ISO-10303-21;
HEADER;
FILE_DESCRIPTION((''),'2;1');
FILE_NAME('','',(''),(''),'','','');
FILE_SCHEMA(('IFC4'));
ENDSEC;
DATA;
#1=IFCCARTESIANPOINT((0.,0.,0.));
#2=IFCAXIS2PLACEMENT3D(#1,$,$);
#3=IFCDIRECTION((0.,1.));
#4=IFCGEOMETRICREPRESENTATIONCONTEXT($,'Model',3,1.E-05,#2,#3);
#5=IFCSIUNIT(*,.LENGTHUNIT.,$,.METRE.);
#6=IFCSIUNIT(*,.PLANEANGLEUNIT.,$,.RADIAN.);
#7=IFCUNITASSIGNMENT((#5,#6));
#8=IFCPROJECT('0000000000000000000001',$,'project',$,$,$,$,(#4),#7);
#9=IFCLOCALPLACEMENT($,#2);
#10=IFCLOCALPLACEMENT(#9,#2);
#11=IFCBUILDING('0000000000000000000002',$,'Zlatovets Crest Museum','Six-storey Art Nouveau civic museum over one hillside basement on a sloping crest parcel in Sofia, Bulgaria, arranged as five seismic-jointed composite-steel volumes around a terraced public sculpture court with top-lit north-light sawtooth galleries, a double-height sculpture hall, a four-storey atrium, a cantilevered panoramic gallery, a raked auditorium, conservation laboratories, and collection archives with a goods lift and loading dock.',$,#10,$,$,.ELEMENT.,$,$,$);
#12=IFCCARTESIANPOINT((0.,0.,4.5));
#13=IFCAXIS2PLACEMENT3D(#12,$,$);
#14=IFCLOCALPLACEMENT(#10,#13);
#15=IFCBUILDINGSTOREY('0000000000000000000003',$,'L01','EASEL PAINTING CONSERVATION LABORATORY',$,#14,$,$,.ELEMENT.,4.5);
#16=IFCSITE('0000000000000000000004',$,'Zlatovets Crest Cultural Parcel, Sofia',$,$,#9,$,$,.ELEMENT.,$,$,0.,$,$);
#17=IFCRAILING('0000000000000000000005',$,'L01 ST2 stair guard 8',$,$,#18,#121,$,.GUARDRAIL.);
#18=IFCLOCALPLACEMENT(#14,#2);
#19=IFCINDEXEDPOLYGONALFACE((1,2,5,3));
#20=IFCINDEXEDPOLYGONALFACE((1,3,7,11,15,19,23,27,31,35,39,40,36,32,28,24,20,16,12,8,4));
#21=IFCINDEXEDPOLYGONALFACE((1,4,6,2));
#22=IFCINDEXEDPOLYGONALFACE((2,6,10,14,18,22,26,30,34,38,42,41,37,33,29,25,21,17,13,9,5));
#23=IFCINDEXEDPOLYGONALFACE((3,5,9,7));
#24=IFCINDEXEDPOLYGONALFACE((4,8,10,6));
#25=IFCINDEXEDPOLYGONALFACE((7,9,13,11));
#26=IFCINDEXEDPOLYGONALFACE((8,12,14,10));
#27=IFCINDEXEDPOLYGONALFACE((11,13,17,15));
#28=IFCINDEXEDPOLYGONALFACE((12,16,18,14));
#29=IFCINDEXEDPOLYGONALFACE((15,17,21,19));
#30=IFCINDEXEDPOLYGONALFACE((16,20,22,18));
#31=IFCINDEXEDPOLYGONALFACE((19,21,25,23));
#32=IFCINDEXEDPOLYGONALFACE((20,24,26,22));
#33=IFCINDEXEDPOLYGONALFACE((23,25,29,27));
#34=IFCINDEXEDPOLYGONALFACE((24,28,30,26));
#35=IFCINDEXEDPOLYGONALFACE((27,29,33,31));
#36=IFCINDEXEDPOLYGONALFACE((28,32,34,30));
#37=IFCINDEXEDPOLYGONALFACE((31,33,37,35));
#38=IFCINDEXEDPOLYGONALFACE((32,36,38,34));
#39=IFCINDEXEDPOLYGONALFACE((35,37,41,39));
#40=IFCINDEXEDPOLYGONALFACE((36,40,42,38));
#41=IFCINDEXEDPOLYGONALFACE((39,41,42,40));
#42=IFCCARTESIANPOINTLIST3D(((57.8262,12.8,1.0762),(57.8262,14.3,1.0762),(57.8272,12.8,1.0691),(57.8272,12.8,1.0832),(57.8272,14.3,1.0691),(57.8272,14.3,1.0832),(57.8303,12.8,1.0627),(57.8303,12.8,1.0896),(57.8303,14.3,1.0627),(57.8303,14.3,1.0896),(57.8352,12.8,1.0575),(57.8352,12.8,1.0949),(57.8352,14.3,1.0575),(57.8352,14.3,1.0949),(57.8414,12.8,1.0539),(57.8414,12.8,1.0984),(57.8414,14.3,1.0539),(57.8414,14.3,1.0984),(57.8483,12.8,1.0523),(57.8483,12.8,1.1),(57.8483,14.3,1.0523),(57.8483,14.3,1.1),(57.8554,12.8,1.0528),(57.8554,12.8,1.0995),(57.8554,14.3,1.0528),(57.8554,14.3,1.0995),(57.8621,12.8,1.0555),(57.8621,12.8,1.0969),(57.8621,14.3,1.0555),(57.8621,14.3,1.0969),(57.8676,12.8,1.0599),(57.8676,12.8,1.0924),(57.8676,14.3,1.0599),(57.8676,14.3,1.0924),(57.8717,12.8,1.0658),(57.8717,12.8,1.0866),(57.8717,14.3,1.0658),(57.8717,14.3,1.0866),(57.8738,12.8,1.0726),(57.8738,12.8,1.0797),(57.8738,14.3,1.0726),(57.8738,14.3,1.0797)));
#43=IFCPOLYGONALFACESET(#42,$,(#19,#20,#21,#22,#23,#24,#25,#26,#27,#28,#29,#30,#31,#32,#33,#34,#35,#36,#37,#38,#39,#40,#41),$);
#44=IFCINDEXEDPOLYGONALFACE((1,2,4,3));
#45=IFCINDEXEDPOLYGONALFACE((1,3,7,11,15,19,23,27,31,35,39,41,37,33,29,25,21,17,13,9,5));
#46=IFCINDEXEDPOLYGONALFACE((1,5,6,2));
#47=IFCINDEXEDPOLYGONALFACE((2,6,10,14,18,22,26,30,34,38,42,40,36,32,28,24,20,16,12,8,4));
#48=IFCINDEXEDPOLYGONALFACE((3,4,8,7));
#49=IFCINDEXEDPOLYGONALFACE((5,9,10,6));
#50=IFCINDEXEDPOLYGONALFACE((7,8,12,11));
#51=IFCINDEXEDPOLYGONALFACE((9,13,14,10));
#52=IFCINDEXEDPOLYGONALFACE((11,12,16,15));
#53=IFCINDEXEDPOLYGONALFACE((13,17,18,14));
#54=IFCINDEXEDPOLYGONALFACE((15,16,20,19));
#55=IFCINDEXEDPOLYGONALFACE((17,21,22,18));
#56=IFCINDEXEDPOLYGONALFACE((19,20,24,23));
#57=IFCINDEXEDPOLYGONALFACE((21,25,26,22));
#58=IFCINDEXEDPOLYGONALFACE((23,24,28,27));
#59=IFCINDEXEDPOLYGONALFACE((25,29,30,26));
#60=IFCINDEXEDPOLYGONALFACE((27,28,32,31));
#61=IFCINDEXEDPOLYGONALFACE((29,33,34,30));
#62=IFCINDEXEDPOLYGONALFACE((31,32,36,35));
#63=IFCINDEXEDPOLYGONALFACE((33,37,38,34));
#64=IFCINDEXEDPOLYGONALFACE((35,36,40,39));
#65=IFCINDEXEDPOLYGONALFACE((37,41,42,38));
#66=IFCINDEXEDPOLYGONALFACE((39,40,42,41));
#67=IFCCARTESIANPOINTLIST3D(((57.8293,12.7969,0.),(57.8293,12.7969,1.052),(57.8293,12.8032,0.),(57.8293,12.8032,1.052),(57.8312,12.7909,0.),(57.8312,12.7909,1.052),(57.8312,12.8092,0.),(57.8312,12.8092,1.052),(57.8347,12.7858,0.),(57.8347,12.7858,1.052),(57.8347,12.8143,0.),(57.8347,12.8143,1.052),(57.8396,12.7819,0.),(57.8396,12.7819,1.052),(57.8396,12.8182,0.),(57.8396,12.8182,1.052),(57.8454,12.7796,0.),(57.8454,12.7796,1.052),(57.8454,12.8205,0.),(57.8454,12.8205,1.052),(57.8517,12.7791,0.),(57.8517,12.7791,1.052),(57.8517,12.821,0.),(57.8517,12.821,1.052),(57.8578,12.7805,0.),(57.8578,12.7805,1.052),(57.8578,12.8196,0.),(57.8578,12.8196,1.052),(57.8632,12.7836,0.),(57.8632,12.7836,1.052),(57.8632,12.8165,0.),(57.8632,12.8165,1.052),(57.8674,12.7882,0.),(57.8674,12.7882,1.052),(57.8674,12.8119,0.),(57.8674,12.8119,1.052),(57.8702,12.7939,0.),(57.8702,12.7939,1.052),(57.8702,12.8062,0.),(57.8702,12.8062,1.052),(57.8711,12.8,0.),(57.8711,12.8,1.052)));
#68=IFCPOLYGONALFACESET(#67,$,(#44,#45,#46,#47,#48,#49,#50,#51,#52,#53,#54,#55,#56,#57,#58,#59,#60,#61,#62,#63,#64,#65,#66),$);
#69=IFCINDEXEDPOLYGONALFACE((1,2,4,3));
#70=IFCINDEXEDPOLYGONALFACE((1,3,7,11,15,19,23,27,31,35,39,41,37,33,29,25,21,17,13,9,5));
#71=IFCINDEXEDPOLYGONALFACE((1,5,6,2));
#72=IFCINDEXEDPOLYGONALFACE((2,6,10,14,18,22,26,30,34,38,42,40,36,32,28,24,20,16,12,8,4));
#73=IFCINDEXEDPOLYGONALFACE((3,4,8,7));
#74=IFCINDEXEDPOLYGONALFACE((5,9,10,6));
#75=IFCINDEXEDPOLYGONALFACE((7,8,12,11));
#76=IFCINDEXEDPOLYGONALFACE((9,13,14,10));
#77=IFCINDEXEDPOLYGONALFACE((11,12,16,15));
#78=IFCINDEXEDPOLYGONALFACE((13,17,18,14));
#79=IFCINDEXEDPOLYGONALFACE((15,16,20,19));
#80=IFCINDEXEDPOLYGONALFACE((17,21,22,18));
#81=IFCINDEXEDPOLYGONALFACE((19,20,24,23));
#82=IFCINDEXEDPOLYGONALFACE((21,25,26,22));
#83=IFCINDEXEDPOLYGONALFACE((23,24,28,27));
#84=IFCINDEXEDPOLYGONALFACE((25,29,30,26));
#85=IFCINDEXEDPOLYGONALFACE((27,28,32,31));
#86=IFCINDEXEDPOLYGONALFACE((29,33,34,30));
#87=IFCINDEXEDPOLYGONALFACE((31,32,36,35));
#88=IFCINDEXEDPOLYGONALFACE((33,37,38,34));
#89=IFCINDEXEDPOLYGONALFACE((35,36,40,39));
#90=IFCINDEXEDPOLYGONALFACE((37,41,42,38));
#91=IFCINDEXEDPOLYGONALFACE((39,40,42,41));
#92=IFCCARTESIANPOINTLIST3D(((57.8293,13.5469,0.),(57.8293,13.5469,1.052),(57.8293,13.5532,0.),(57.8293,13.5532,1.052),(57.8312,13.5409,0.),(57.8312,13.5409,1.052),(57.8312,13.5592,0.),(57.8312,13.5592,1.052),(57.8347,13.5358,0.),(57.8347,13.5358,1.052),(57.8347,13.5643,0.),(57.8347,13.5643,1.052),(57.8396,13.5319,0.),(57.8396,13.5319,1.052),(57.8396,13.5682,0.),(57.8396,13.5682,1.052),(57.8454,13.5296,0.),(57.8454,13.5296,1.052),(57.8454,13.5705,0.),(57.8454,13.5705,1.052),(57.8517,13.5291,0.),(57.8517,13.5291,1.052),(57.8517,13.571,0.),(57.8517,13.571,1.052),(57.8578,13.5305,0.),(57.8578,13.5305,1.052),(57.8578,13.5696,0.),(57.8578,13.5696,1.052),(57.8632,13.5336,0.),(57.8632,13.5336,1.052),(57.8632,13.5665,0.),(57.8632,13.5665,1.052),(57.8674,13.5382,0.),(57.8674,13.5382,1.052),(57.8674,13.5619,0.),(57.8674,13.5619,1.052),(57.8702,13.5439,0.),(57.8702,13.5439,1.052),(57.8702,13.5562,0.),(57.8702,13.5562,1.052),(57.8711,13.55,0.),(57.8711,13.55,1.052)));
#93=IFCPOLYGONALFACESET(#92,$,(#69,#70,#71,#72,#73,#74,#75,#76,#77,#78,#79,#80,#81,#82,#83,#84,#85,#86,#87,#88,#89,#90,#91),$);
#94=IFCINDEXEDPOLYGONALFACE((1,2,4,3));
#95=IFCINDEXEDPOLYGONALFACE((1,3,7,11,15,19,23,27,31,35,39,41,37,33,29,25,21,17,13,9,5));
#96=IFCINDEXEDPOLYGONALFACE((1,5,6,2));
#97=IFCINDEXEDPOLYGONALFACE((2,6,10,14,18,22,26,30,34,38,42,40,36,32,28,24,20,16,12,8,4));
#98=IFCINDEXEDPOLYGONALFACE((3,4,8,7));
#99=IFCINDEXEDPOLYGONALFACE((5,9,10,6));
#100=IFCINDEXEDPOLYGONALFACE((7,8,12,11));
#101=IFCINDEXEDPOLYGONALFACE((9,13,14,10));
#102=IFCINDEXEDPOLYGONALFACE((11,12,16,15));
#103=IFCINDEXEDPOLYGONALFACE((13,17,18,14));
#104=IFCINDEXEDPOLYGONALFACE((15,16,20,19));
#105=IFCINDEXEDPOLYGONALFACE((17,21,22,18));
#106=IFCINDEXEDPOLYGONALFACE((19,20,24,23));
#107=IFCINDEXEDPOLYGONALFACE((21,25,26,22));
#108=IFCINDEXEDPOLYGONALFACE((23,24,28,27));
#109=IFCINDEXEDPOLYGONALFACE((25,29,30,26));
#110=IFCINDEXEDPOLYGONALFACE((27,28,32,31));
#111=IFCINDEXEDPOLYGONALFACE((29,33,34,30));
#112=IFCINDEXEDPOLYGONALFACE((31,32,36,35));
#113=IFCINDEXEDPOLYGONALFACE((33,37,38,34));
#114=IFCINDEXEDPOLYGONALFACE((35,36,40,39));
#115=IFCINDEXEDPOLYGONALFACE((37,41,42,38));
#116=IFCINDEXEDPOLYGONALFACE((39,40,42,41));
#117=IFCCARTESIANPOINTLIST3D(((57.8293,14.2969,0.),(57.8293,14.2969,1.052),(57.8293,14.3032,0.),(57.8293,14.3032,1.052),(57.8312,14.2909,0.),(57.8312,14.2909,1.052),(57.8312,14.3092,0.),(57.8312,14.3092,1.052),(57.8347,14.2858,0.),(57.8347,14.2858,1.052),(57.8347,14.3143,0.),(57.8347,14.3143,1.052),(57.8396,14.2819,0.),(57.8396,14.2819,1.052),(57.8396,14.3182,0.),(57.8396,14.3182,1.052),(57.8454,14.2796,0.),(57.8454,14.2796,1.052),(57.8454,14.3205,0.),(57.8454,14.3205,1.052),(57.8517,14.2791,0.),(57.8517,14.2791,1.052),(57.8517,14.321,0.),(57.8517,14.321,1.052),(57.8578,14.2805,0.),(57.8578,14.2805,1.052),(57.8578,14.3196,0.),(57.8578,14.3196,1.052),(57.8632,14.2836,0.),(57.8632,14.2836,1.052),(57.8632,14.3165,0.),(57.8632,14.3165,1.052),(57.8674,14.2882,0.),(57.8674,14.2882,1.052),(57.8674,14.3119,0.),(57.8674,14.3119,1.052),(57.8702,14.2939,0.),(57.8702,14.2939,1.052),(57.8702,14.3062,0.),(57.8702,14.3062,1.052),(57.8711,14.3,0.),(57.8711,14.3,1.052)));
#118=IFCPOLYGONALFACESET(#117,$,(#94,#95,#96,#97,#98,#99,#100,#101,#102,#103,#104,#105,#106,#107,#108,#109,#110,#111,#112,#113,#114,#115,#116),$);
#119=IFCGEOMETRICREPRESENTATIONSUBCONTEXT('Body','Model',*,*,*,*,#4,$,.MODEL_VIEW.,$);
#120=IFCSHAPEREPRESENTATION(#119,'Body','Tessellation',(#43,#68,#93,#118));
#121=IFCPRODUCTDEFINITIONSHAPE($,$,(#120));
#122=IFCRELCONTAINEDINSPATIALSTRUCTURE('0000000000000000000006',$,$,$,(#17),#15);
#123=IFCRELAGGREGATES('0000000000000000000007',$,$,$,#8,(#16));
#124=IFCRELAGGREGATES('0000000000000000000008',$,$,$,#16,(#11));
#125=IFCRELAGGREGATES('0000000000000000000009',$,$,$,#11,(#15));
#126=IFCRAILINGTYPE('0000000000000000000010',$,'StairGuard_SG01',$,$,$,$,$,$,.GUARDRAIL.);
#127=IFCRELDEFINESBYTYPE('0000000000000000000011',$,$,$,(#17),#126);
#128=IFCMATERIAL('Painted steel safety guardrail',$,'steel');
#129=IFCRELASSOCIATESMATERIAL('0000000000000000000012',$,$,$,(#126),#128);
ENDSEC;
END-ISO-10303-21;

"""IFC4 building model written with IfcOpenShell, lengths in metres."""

from ifc_helpers import new_model, si_unit, direction, frame, origin, origin_2d, place, context, subcontext, project, spatial, circle, extrude, material, type_object, element, save


model = new_model("IFC4")

# Units and contexts
model_context = context("Model", 3, precision=1e-05, world=origin(), true_north=direction((0.0, 1.0)))
body_context = subcontext(model_context, "Body", "Model", "MODEL_VIEW")
ifc_project = project(units=[si_unit("LENGTHUNIT", "METRE"), si_unit("PLANEANGLEUNIT", "RADIAN")], contexts=[model_context])

# Site, building, storey
site_placement = place(None, origin())
site = spatial("IfcSite", under=ifc_project, at=site_placement, Name="Zlatovets Crest Cultural Parcel, Sofia", CompositionType="ELEMENT", RefElevation=0.0)
building_placement = place(site_placement, origin())
building = spatial("IfcBuilding", under=site, at=building_placement, Name="Zlatovets Crest Museum", Description="Six-storey Art Nouveau civic museum over one hillside basement on a sloping crest parcel in Sofia, Bulgaria, arranged as five seismic-jointed composite-steel volumes around a terraced public sculpture court with top-lit north-light sawtooth galleries, a double-height sculpture hall, a four-storey atrium, a cantilevered panoramic gallery, a raked auditorium, conservation laboratories, and collection archives with a goods lift and loading dock.", CompositionType="ELEMENT")
storey_placement = place(building_placement, frame((0.0, 0.0, 4.5)))
storey = spatial("IfcBuildingStorey", under=building, at=storey_placement, Name="L01", Description="EASEL PAINTING CONSERVATION LABORATORY", CompositionType="ELEMENT", Elevation=4.5)

# Railing
ifc_material_1 = material(Name="Painted steel safety guardrail", Category="steel")
railing_type_1 = type_object("IfcRailingType", Name="StairGuard_SG01", PredefinedType="GUARDRAIL", material=ifc_material_1)
for number, where, name in (
    (1, (57.8501, 12.8, 0.0), "L01 ST2 stair guard 8"),
):
    element("IfcRailing", number, at=place(storey_placement, frame(where)), inside=storey, type_object=railing_type_1, Name=name, PredefinedType="GUARDRAIL", context=body_context, shape_type="SweptSolid", body=[
        extrude(circle(Radius=0.0239, at=origin_2d()), frame((0.0, 0.0, 1.0762), z_axis=(0.0, 1.0, 0.0), x_axis=(-1.0, 0.0, 0.0)), (0.0, 0.0, 1.0), 1.5),
        extrude(circle(Radius=0.021, at=origin_2d()), origin(), (0.0, 0.0, 1.0), 1.052),
        extrude(circle(Radius=0.021, at=origin_2d()), frame((0.0, 0.75, 0.0)), (0.0, 0.0, 1.0), 1.052),
        extrude(circle(Radius=0.021, at=origin_2d()), frame((0.0, 1.5, 0.0)), (0.0, 0.0, 1.0), 1.052),
    ])

save(model, "model.ifc")
